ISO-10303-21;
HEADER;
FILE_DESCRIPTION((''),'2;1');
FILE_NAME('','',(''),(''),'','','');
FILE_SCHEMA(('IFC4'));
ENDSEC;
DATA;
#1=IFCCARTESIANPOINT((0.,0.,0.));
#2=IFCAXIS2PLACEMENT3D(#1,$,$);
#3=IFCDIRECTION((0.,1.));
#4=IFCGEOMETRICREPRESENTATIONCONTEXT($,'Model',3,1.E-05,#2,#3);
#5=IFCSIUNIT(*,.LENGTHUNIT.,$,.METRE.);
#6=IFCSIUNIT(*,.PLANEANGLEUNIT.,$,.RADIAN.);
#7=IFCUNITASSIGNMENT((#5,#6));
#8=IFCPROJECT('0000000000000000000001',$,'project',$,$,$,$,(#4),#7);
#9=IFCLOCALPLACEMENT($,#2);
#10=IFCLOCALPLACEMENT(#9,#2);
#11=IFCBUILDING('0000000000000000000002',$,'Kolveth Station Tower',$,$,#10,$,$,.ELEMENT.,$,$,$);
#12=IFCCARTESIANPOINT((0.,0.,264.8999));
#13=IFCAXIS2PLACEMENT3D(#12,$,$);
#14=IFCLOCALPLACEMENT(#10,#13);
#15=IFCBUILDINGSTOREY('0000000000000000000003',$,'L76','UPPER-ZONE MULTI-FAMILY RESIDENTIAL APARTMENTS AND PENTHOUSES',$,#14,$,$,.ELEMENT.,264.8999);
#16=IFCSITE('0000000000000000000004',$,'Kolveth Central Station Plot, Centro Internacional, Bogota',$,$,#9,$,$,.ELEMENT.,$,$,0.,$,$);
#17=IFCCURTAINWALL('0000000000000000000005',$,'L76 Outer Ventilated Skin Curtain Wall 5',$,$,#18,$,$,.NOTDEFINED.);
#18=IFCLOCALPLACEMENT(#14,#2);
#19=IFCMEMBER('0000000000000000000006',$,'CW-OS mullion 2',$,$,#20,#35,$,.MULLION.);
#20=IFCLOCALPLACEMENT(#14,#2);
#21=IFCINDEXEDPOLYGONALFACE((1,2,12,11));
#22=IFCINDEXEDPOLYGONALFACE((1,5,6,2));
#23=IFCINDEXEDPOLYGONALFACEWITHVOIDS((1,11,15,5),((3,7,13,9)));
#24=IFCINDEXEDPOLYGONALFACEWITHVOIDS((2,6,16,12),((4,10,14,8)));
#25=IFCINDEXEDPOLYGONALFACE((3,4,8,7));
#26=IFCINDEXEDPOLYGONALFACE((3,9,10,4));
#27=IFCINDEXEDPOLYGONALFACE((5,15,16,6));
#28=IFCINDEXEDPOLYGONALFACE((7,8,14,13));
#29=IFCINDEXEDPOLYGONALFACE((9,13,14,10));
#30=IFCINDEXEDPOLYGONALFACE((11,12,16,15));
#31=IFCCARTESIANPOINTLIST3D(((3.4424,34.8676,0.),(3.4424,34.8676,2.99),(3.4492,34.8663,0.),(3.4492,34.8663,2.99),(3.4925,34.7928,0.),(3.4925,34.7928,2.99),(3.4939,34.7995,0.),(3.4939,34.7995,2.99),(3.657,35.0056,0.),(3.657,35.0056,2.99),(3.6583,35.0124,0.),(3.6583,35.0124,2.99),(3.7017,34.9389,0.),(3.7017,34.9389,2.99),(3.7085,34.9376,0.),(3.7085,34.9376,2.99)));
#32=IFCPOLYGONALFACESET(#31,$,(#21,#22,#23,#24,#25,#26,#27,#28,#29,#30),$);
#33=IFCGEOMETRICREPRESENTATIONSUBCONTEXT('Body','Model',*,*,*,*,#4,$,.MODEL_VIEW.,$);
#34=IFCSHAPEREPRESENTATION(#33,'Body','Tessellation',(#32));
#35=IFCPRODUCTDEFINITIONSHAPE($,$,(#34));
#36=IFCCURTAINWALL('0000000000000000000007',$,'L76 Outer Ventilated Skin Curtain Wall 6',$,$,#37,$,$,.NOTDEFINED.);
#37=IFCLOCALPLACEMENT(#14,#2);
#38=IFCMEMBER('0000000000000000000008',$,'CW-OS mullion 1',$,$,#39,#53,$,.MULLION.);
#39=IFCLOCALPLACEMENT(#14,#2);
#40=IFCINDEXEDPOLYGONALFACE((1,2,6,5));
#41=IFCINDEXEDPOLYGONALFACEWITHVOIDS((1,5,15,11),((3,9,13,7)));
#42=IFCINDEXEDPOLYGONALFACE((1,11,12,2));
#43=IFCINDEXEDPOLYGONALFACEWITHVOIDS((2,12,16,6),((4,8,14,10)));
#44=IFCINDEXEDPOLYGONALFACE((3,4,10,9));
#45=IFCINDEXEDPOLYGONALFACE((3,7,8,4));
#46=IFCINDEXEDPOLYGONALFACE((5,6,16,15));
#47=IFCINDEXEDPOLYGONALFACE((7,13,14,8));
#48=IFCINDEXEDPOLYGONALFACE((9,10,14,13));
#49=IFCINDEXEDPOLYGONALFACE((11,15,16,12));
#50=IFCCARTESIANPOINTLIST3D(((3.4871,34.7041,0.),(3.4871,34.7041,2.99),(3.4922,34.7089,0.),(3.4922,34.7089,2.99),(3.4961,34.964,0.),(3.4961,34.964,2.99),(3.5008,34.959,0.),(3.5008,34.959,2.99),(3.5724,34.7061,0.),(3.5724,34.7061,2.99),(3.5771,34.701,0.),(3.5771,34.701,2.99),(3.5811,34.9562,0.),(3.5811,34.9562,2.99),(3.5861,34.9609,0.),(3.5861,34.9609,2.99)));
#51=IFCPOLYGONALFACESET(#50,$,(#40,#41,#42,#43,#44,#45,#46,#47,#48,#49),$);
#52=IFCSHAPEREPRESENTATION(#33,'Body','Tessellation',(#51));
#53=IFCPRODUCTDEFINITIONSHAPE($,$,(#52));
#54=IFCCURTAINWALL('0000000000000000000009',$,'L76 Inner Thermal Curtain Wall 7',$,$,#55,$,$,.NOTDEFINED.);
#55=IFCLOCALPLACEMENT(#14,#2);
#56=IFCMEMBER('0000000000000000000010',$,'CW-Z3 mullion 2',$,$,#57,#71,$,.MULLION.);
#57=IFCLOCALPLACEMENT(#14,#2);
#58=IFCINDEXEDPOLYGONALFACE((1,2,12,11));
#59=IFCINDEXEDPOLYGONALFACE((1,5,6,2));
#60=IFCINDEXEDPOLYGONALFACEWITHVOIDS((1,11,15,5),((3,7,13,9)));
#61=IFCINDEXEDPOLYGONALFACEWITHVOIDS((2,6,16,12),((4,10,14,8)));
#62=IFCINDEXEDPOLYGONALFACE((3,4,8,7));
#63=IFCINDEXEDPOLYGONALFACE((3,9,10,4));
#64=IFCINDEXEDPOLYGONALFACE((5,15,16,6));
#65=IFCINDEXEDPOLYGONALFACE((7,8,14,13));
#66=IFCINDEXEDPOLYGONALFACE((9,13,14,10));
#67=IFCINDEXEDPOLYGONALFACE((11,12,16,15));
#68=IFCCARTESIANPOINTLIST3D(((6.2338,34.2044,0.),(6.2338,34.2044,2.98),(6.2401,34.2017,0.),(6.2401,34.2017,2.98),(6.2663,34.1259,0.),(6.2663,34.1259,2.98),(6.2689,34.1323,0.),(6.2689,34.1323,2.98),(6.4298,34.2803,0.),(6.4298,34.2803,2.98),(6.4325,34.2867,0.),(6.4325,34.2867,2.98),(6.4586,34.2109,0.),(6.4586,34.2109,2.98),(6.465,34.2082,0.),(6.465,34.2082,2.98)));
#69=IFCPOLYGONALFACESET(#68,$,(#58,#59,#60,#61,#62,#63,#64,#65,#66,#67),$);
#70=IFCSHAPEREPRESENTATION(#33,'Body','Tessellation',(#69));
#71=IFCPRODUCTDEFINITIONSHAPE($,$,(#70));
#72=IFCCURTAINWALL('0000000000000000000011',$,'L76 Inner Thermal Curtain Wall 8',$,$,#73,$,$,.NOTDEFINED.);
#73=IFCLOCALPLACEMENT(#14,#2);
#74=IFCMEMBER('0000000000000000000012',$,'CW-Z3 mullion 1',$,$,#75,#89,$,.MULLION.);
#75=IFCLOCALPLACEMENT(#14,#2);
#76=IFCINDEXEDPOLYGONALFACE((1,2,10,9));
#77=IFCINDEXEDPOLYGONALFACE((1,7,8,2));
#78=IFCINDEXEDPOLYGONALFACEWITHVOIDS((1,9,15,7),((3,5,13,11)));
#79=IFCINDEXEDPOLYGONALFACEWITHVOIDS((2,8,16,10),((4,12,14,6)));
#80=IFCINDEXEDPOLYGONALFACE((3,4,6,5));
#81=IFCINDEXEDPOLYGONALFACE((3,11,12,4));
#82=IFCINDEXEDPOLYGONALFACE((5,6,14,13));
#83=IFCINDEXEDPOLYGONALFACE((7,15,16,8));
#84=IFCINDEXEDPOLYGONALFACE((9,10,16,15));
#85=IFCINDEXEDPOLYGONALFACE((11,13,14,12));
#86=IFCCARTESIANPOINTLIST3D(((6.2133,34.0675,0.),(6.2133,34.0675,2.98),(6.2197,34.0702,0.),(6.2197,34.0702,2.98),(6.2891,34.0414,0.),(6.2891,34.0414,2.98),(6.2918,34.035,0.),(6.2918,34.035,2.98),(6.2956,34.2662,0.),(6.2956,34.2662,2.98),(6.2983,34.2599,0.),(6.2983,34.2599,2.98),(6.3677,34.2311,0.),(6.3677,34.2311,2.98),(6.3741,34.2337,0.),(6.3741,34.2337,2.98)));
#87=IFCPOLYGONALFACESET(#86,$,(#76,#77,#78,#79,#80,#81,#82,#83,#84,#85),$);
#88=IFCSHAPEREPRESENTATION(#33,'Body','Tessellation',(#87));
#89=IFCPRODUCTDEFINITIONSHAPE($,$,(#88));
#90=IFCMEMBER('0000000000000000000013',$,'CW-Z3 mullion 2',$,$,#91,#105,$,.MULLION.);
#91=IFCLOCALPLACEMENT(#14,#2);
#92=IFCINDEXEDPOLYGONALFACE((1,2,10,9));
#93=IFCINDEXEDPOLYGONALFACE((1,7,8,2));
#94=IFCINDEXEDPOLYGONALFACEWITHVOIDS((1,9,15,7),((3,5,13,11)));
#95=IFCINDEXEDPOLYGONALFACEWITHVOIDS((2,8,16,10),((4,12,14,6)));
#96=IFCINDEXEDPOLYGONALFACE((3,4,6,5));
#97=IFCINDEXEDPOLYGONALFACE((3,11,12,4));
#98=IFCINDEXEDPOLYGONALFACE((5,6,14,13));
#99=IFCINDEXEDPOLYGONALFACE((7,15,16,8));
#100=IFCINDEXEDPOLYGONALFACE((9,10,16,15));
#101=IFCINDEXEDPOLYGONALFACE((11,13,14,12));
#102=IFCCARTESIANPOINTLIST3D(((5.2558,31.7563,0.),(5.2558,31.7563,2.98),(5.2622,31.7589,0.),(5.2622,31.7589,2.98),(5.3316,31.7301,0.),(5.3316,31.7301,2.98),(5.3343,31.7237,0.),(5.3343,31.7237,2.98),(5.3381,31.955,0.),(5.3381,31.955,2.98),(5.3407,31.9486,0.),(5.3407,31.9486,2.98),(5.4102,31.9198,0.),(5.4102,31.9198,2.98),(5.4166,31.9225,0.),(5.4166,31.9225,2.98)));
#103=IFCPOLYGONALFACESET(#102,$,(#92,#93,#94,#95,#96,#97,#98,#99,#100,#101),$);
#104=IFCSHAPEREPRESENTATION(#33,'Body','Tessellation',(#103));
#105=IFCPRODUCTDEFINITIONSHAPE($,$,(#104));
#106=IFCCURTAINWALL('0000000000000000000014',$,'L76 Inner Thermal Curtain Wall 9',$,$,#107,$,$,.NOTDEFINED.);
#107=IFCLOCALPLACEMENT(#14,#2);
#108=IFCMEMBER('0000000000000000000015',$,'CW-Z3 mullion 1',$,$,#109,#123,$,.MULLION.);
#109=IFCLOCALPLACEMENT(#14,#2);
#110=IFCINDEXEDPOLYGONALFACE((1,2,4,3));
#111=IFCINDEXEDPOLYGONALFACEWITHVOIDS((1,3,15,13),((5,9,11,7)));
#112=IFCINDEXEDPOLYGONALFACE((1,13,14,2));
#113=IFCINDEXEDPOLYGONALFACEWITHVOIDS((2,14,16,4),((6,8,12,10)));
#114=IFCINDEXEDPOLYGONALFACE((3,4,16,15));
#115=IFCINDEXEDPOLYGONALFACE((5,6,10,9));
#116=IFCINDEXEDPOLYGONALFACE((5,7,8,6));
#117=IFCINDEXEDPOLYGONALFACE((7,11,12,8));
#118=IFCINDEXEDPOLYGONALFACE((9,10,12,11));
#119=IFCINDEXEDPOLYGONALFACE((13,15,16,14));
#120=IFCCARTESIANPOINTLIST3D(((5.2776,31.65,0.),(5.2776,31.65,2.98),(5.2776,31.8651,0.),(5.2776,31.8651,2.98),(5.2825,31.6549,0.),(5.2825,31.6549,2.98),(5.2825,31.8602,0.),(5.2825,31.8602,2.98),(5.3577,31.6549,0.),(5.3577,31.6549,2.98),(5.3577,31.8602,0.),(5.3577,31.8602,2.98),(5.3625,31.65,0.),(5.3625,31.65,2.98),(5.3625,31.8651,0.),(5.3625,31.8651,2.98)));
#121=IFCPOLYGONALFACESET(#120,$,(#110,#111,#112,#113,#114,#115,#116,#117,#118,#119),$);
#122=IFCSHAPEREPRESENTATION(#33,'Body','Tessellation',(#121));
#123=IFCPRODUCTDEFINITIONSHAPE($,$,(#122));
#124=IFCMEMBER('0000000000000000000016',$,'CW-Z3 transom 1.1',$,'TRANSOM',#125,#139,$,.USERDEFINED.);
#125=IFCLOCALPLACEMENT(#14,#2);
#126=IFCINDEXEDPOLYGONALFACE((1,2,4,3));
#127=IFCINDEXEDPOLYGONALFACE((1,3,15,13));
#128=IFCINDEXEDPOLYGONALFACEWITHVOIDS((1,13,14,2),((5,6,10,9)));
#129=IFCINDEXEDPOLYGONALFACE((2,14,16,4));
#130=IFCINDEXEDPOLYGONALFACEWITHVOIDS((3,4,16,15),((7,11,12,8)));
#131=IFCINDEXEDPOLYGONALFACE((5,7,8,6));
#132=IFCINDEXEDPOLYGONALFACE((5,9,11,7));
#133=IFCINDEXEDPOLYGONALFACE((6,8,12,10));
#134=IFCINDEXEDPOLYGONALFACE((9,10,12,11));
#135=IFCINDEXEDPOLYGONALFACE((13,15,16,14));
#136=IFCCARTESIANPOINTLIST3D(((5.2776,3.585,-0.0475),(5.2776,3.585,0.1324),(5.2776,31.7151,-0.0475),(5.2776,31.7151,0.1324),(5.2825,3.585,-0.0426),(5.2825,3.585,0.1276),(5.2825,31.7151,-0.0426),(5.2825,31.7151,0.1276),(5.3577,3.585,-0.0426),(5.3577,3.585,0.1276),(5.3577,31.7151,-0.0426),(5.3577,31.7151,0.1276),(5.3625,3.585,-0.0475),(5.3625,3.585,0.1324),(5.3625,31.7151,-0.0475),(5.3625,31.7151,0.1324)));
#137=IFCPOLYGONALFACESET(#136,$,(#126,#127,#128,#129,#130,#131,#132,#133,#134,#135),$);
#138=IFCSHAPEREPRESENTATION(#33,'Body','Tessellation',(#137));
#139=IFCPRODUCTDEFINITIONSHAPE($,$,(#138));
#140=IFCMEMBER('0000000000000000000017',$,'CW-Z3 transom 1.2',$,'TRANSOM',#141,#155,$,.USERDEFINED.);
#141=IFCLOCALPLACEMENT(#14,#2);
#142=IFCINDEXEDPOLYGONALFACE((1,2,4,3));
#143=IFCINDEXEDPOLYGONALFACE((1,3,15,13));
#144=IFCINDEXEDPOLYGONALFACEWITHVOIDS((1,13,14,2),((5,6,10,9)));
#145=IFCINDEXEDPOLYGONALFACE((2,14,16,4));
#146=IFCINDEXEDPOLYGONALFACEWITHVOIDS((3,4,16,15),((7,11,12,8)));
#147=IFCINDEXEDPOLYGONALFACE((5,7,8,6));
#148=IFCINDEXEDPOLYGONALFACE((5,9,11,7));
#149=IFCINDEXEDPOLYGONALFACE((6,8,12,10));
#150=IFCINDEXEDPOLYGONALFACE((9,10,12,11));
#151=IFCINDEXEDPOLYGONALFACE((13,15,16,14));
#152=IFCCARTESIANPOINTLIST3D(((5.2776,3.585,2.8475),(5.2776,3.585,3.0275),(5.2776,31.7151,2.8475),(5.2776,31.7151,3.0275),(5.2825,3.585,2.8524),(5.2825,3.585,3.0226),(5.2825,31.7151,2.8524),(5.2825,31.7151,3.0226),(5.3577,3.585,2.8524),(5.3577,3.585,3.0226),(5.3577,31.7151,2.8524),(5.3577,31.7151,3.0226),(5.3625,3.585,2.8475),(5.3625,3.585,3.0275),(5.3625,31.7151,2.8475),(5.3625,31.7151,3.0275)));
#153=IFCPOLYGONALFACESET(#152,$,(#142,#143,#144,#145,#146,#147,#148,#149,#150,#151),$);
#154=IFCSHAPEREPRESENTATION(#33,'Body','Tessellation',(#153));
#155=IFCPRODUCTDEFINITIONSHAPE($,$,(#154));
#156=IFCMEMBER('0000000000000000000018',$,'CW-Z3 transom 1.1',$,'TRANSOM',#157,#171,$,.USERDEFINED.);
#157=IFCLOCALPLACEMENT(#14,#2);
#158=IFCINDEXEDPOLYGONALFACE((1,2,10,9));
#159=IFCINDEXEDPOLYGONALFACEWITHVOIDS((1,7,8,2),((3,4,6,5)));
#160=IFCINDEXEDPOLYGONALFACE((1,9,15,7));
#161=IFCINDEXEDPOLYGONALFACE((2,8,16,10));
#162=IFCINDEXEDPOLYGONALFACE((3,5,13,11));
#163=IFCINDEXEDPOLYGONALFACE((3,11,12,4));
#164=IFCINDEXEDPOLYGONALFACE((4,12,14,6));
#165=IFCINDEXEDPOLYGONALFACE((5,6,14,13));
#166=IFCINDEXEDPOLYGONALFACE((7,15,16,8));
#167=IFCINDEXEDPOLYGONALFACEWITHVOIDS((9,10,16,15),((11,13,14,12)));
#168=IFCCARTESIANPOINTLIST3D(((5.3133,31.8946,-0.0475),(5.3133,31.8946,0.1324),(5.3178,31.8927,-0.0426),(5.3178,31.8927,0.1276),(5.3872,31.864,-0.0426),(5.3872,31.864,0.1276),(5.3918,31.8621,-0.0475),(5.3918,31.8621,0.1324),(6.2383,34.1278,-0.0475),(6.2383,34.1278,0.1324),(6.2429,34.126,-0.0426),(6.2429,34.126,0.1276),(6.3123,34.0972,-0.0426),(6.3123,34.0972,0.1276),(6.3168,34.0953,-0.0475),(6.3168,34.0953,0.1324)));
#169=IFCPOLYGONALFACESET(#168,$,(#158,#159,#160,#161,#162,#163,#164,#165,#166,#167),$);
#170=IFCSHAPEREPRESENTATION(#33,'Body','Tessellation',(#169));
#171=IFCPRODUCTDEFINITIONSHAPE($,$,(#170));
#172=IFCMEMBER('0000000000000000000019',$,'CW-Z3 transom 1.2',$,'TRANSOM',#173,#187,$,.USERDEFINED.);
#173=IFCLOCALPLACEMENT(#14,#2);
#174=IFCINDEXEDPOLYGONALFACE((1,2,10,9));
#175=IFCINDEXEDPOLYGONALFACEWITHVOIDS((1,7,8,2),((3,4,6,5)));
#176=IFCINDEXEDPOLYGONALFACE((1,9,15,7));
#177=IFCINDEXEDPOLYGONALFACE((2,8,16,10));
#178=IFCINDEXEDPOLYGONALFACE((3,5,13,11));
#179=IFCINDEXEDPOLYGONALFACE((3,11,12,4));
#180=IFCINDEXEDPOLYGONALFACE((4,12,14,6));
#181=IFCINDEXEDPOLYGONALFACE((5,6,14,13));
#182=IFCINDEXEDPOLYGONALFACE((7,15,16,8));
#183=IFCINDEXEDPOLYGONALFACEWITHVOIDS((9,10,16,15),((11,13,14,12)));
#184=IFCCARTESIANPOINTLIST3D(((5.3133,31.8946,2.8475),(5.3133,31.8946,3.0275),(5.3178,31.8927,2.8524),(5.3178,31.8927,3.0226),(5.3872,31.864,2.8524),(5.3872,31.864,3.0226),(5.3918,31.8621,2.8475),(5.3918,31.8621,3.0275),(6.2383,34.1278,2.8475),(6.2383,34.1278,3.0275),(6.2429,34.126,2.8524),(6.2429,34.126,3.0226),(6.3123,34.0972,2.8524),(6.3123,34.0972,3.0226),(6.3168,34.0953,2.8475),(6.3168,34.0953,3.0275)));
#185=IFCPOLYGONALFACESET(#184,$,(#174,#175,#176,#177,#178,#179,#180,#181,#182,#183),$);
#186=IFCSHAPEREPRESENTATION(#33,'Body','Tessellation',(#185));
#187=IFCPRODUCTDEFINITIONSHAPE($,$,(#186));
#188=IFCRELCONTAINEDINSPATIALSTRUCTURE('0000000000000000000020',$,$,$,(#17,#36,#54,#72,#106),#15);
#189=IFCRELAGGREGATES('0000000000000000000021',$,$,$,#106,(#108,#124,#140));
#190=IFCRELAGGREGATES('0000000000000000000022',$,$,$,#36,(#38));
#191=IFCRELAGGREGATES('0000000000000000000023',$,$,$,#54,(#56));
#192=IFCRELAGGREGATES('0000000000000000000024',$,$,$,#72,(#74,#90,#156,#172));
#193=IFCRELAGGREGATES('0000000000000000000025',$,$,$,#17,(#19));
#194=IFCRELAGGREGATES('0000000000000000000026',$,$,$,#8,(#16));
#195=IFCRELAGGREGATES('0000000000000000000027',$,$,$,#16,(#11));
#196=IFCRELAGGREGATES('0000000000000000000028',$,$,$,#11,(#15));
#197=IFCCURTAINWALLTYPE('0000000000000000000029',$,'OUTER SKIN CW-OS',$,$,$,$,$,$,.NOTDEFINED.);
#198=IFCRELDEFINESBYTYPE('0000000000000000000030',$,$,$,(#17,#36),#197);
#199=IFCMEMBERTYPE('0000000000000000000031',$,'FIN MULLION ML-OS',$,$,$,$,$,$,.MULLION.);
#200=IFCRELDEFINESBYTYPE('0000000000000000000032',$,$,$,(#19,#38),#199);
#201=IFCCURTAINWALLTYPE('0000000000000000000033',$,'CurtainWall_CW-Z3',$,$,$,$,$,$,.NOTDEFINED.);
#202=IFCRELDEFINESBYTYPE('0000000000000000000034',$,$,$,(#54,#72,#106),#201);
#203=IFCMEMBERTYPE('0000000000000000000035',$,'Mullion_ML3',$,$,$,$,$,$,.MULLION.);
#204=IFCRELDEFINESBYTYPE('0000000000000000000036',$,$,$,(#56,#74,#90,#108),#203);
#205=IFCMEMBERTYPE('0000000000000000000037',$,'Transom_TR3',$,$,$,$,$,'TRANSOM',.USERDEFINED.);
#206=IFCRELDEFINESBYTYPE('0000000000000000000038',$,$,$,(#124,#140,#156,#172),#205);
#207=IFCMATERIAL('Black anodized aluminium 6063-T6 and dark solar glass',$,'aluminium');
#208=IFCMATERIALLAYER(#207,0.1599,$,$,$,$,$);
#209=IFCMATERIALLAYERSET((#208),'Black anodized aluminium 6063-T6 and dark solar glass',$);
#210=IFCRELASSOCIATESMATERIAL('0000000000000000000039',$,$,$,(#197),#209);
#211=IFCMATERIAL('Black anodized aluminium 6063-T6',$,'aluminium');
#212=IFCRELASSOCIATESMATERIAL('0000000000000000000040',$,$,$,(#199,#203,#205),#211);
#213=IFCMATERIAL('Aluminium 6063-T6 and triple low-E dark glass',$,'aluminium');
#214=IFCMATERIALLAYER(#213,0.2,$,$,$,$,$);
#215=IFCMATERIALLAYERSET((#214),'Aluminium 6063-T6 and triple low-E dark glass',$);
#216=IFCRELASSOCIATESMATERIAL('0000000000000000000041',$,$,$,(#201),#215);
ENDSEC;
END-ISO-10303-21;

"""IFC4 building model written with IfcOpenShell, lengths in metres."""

from ifc_helpers import new_model, si_unit, direction, frame, origin, origin_2d, place, context, subcontext, project, spatial, hollow_rectangle, extrude, source, transform, mapped, material, layer, layer_set, material_profile, profile_set, type_object, element, aggregate, save


model = new_model("IFC4")

# Units and contexts
model_context = context("Model", 3, precision=1e-05, world=origin(), true_north=direction((0.0, 1.0)))
body_context = subcontext(model_context, "Body", "Model", "MODEL_VIEW")
ifc_project = project(units=[si_unit("LENGTHUNIT", "METRE"), si_unit("PLANEANGLEUNIT", "RADIAN")], contexts=[model_context])

# Site, building, storey
site_placement = place(None, origin())
site = spatial("IfcSite", under=ifc_project, at=site_placement, Name="Kolveth Central Station Plot, Centro Internacional, Bogota", CompositionType="ELEMENT", RefElevation=0.0)
building_placement = place(site_placement, origin())
building = spatial("IfcBuilding", under=site, at=building_placement, Name="Kolveth Station Tower", CompositionType="ELEMENT")
storey_placement = place(building_placement, frame((0.0, 0.0, 264.8999)))
storey = spatial("IfcBuildingStorey", under=building, at=storey_placement, Name="L76", Description="UPPER-ZONE MULTI-FAMILY RESIDENTIAL APARTMENTS AND PENTHOUSES", CompositionType="ELEMENT", Elevation=264.8999)

# Curtain walls, members
ifc_material_1 = material(Name="Black anodized aluminium 6063-T6 and dark solar glass", Category="aluminium")
ifc_layer_1 = layer(ifc_material_1, 0.1599)
ifc_layer_set_1 = layer_set([ifc_layer_1], Name="Black anodized aluminium 6063-T6 and dark solar glass")
curtain_wall_type_1 = type_object("IfcCurtainWallType", Name="OUTER SKIN CW-OS", PredefinedType="NOTDEFINED", material=ifc_layer_set_1)
curtain_wall_1_placement = place(storey_placement, origin())
curtain_wall_1 = element("IfcCurtainWall", 1, at=curtain_wall_1_placement, inside=storey, type_object=curtain_wall_type_1, Name="L76 Outer Ventilated Skin Curtain Wall 5", PredefinedType="NOTDEFINED")
ifc_material_2 = material(Name="Black anodized aluminium 6063-T6", Category="aluminium")
ifc_material_profile_1 = material_profile(ifc_material_2, hollow_rectangle(XDim=0.0901, YDim=0.26, WallThickness=0.0049, at=origin_2d()), Name="ALU-90x260x5")
ifc_profile_set_1 = profile_set([ifc_material_profile_1], Name="Black anodized aluminium 6063-T6")
member_type_1 = type_object("IfcMemberType", Name="FIN MULLION ML-OS", PredefinedType="MULLION", material=ifc_profile_set_1)
shared_shape_1 = source(origin(), body_context, "Body", "SweptSolid", [
    extrude(hollow_rectangle(XDim=0.0901, YDim=0.26, WallThickness=0.0049, at=origin_2d()), origin(), (0.0, 0.0, 1.0), 2.99),
])
member_1_placement = place(storey_placement, frame((3.5754, 34.9026, 0.0), z_axis=(0.0, 0.0, 1.0), x_axis=(0.556925, -0.830563, 0.0)))
member_1 = element("IfcMember", 2, at=member_1_placement, type_object=member_type_1, Name="CW-OS mullion 2", PredefinedType="MULLION", context=body_context, shape_type="MappedRepresentation", body=[
    mapped(shared_shape_1, transform((0.0, 0.0, 0.0), x_axis=(1.0, 0.0, 0.0), y_axis=(0.0, 1.0, 0.0), z_axis=(0.0, 0.0, 1.0), scale=1.0)),
])
curtain_wall_2_placement = place(storey_placement, origin())
curtain_wall_2 = element("IfcCurtainWall", 3, at=curtain_wall_2_placement, inside=storey, type_object=curtain_wall_type_1, Name="L76 Outer Ventilated Skin Curtain Wall 6", PredefinedType="NOTDEFINED")
member_2_placement = place(storey_placement, frame((3.5366, 34.8325, 0.0), z_axis=(0.0, 0.0, 1.0), x_axis=(0.999402, -0.03457, 0.0)))
member_2 = element("IfcMember", 4, at=member_2_placement, type_object=member_type_1, Name="CW-OS mullion 1", PredefinedType="MULLION", context=body_context, shape_type="MappedRepresentation", body=[
    mapped(shared_shape_1, transform((0.0, 0.0, 0.0), x_axis=(1.0, 0.0, 0.0), y_axis=(0.0, 1.0, 0.0), z_axis=(0.0, 0.0, 1.0), scale=1.0)),
])
ifc_material_3 = material(Name="Aluminium 6063-T6 and triple low-E dark glass", Category="aluminium")
ifc_layer_2 = layer(ifc_material_3, 0.2)
ifc_layer_set_2 = layer_set([ifc_layer_2], Name="Aluminium 6063-T6 and triple low-E dark glass")
curtain_wall_type_2 = type_object("IfcCurtainWallType", Name="CurtainWall_CW-Z3", PredefinedType="NOTDEFINED", material=ifc_layer_set_2)
curtain_wall_3_placement = place(storey_placement, origin())
curtain_wall_3 = element("IfcCurtainWall", 5, at=curtain_wall_3_placement, inside=storey, type_object=curtain_wall_type_2, Name="L76 Inner Thermal Curtain Wall 7", PredefinedType="NOTDEFINED")
ifc_material_profile_2 = material_profile(ifc_material_2, hollow_rectangle(XDim=0.085, YDim=0.2151, WallThickness=0.0049, at=origin_2d()), Name="ALU-85x215x5")
ifc_profile_set_2 = profile_set([ifc_material_profile_2], Name="Black anodized aluminium 6063-T6")
member_type_2 = type_object("IfcMemberType", Name="Mullion_ML3", PredefinedType="MULLION", material=ifc_profile_set_2)
shared_shape_2 = source(origin(), body_context, "Body", "SweptSolid", [
    extrude(hollow_rectangle(XDim=0.085, YDim=0.2151, WallThickness=0.0049, at=origin_2d()), origin(), (0.0, 0.0, 1.0), 2.98),
])
member_3_placement = place(storey_placement, frame((6.3494, 34.2063, 0.0), z_axis=(0.0, 0.0, 1.0), x_axis=(0.382693, -0.923875, 0.0)))
member_3 = element("IfcMember", 6, at=member_3_placement, type_object=member_type_2, Name="CW-Z3 mullion 2", PredefinedType="MULLION", context=body_context, shape_type="MappedRepresentation", body=[
    mapped(shared_shape_2, transform((0.0, 0.0, 0.0), x_axis=(1.0, 0.0, 0.0), y_axis=(0.0, 1.0, 0.0), z_axis=(0.0, 0.0, 1.0), scale=1.0)),
])

# Curtain walls, members
curtain_wall_4_placement = place(storey_placement, origin())
curtain_wall_4 = element("IfcCurtainWall", 7, at=curtain_wall_4_placement, inside=storey, type_object=curtain_wall_type_2, Name="L76 Inner Thermal Curtain Wall 8", PredefinedType="NOTDEFINED")
member_4_placement = place(storey_placement, frame((6.2937, 34.1506, 0.0), z_axis=(0.0, 0.0, 1.0), x_axis=(0.923875, -0.382693, 0.0)))
member_4 = element("IfcMember", 8, at=member_4_placement, type_object=member_type_2, Name="CW-Z3 mullion 1", PredefinedType="MULLION", context=body_context, shape_type="MappedRepresentation", body=[
    mapped(shared_shape_2, transform((0.0, 0.0, 0.0), x_axis=(1.0, 0.0, 0.0), y_axis=(0.0, 1.0, 0.0), z_axis=(0.0, 0.0, 1.0), scale=1.0)),
])
member_5_placement = place(storey_placement, frame((5.3362, 31.8394, 0.0), z_axis=(0.0, 0.0, 1.0), x_axis=(0.923875, -0.382693, 0.0)))
member_5 = element("IfcMember", 9, at=member_5_placement, type_object=member_type_2, Name="CW-Z3 mullion 2", PredefinedType="MULLION", context=body_context, shape_type="MappedRepresentation", body=[
    mapped(shared_shape_2, transform((0.0, 0.0, 0.0), x_axis=(1.0, 0.0, 0.0), y_axis=(0.0, 1.0, 0.0), z_axis=(0.0, 0.0, 1.0), scale=1.0)),
])
curtain_wall_5_placement = place(storey_placement, origin())
curtain_wall_5 = element("IfcCurtainWall", 10, at=curtain_wall_5_placement, inside=storey, type_object=curtain_wall_type_2, Name="L76 Inner Thermal Curtain Wall 9", PredefinedType="NOTDEFINED")
member_6_placement = place(storey_placement, frame((5.3201, 31.7576, 0.0), z_axis=(0.0, 0.0, 1.0), x_axis=(1.0, 0.0, 0.0)))
member_6 = element("IfcMember", 11, at=member_6_placement, type_object=member_type_2, Name="CW-Z3 mullion 1", PredefinedType="MULLION", context=body_context, shape_type="MappedRepresentation", body=[
    mapped(shared_shape_2, transform((0.0, 0.0, 0.0), x_axis=(1.0, 0.0, 0.0), y_axis=(0.0, 1.0, 0.0), z_axis=(0.0, 0.0, 1.0), scale=1.0)),
])
ifc_material_profile_3 = material_profile(ifc_material_2, hollow_rectangle(XDim=0.085, YDim=0.1799, WallThickness=0.0049, at=origin_2d()), Name="ALU-85x180x5")
ifc_profile_set_3 = profile_set([ifc_material_profile_3], Name="Black anodized aluminium 6063-T6")
member_type_3 = type_object("IfcMemberType", Name="Transom_TR3", ElementType="TRANSOM", PredefinedType="USERDEFINED", material=ifc_profile_set_3)
shared_shape_3 = source(origin(), body_context, "Body", "SweptSolid", [
    extrude(hollow_rectangle(XDim=0.085, YDim=0.1799, WallThickness=0.0049, at=origin_2d()), origin(), (0.0, 0.0, 1.0), 28.1301),
])
member_7_placement = place(storey_placement, frame((5.3201, 31.7151, 0.0425), z_axis=(0.0, -1.0, 0.0), x_axis=(1.0, 0.0, 0.0)))
member_7 = element("IfcMember", 12, at=member_7_placement, type_object=member_type_3, Name="CW-Z3 transom 1.1", ObjectType="TRANSOM", PredefinedType="USERDEFINED", context=body_context, shape_type="MappedRepresentation", body=[
    mapped(shared_shape_3, transform((0.0, 0.0, 0.0), x_axis=(1.0, 0.0, 0.0), y_axis=(0.0, 1.0, 0.0), z_axis=(0.0, 0.0, 1.0), scale=1.0)),
])
member_8_placement = place(storey_placement, frame((5.3201, 31.7151, 2.9375), z_axis=(0.0, -1.0, 0.0), x_axis=(1.0, 0.0, 0.0)))
member_8 = element("IfcMember", 13, at=member_8_placement, type_object=member_type_3, Name="CW-Z3 transom 1.2", ObjectType="TRANSOM", PredefinedType="USERDEFINED", context=body_context, shape_type="MappedRepresentation", body=[
    mapped(shared_shape_3, transform((0.0, 0.0, 0.0), x_axis=(1.0, 0.0, 0.0), y_axis=(0.0, 1.0, 0.0), z_axis=(0.0, 0.0, 1.0), scale=1.0)),
])
aggregate(curtain_wall_5, [member_6, member_7, member_8])

# Members
shared_shape_4 = source(origin(), body_context, "Body", "SweptSolid", [
    extrude(hollow_rectangle(XDim=0.085, YDim=0.1799, WallThickness=0.0049, at=origin_2d()), origin(), (0.0, 0.0, 1.0), 2.4172),
])
member_9_placement = place(storey_placement, frame((6.2776, 34.1116, 0.0425), z_axis=(-0.3827, -0.923873, 0.0), x_axis=(0.923873, -0.3827, 0.0)))
member_9 = element("IfcMember", 14, at=member_9_placement, type_object=member_type_3, Name="CW-Z3 transom 1.1", ObjectType="TRANSOM", PredefinedType="USERDEFINED", context=body_context, shape_type="MappedRepresentation", body=[
    mapped(shared_shape_4, transform((0.0, 0.0, 0.0), x_axis=(1.0, 0.0, 0.0), y_axis=(0.0, 1.0, 0.0), z_axis=(0.0, 0.0, 1.0), scale=1.0)),
])
member_10_placement = place(storey_placement, frame((6.2776, 34.1116, 2.9375), z_axis=(-0.3827, -0.923873, 0.0), x_axis=(0.923873, -0.3827, 0.0)))
member_10 = element("IfcMember", 15, at=member_10_placement, type_object=member_type_3, Name="CW-Z3 transom 1.2", ObjectType="TRANSOM", PredefinedType="USERDEFINED", context=body_context, shape_type="MappedRepresentation", body=[
    mapped(shared_shape_4, transform((0.0, 0.0, 0.0), x_axis=(1.0, 0.0, 0.0), y_axis=(0.0, 1.0, 0.0), z_axis=(0.0, 0.0, 1.0), scale=1.0)),
])
aggregate(curtain_wall_2, [member_2])

aggregate(curtain_wall_3, [member_3])
aggregate(curtain_wall_4, [member_4, member_5, member_9, member_10])
aggregate(curtain_wall_1, [member_1])

save(model, "model.ifc")
